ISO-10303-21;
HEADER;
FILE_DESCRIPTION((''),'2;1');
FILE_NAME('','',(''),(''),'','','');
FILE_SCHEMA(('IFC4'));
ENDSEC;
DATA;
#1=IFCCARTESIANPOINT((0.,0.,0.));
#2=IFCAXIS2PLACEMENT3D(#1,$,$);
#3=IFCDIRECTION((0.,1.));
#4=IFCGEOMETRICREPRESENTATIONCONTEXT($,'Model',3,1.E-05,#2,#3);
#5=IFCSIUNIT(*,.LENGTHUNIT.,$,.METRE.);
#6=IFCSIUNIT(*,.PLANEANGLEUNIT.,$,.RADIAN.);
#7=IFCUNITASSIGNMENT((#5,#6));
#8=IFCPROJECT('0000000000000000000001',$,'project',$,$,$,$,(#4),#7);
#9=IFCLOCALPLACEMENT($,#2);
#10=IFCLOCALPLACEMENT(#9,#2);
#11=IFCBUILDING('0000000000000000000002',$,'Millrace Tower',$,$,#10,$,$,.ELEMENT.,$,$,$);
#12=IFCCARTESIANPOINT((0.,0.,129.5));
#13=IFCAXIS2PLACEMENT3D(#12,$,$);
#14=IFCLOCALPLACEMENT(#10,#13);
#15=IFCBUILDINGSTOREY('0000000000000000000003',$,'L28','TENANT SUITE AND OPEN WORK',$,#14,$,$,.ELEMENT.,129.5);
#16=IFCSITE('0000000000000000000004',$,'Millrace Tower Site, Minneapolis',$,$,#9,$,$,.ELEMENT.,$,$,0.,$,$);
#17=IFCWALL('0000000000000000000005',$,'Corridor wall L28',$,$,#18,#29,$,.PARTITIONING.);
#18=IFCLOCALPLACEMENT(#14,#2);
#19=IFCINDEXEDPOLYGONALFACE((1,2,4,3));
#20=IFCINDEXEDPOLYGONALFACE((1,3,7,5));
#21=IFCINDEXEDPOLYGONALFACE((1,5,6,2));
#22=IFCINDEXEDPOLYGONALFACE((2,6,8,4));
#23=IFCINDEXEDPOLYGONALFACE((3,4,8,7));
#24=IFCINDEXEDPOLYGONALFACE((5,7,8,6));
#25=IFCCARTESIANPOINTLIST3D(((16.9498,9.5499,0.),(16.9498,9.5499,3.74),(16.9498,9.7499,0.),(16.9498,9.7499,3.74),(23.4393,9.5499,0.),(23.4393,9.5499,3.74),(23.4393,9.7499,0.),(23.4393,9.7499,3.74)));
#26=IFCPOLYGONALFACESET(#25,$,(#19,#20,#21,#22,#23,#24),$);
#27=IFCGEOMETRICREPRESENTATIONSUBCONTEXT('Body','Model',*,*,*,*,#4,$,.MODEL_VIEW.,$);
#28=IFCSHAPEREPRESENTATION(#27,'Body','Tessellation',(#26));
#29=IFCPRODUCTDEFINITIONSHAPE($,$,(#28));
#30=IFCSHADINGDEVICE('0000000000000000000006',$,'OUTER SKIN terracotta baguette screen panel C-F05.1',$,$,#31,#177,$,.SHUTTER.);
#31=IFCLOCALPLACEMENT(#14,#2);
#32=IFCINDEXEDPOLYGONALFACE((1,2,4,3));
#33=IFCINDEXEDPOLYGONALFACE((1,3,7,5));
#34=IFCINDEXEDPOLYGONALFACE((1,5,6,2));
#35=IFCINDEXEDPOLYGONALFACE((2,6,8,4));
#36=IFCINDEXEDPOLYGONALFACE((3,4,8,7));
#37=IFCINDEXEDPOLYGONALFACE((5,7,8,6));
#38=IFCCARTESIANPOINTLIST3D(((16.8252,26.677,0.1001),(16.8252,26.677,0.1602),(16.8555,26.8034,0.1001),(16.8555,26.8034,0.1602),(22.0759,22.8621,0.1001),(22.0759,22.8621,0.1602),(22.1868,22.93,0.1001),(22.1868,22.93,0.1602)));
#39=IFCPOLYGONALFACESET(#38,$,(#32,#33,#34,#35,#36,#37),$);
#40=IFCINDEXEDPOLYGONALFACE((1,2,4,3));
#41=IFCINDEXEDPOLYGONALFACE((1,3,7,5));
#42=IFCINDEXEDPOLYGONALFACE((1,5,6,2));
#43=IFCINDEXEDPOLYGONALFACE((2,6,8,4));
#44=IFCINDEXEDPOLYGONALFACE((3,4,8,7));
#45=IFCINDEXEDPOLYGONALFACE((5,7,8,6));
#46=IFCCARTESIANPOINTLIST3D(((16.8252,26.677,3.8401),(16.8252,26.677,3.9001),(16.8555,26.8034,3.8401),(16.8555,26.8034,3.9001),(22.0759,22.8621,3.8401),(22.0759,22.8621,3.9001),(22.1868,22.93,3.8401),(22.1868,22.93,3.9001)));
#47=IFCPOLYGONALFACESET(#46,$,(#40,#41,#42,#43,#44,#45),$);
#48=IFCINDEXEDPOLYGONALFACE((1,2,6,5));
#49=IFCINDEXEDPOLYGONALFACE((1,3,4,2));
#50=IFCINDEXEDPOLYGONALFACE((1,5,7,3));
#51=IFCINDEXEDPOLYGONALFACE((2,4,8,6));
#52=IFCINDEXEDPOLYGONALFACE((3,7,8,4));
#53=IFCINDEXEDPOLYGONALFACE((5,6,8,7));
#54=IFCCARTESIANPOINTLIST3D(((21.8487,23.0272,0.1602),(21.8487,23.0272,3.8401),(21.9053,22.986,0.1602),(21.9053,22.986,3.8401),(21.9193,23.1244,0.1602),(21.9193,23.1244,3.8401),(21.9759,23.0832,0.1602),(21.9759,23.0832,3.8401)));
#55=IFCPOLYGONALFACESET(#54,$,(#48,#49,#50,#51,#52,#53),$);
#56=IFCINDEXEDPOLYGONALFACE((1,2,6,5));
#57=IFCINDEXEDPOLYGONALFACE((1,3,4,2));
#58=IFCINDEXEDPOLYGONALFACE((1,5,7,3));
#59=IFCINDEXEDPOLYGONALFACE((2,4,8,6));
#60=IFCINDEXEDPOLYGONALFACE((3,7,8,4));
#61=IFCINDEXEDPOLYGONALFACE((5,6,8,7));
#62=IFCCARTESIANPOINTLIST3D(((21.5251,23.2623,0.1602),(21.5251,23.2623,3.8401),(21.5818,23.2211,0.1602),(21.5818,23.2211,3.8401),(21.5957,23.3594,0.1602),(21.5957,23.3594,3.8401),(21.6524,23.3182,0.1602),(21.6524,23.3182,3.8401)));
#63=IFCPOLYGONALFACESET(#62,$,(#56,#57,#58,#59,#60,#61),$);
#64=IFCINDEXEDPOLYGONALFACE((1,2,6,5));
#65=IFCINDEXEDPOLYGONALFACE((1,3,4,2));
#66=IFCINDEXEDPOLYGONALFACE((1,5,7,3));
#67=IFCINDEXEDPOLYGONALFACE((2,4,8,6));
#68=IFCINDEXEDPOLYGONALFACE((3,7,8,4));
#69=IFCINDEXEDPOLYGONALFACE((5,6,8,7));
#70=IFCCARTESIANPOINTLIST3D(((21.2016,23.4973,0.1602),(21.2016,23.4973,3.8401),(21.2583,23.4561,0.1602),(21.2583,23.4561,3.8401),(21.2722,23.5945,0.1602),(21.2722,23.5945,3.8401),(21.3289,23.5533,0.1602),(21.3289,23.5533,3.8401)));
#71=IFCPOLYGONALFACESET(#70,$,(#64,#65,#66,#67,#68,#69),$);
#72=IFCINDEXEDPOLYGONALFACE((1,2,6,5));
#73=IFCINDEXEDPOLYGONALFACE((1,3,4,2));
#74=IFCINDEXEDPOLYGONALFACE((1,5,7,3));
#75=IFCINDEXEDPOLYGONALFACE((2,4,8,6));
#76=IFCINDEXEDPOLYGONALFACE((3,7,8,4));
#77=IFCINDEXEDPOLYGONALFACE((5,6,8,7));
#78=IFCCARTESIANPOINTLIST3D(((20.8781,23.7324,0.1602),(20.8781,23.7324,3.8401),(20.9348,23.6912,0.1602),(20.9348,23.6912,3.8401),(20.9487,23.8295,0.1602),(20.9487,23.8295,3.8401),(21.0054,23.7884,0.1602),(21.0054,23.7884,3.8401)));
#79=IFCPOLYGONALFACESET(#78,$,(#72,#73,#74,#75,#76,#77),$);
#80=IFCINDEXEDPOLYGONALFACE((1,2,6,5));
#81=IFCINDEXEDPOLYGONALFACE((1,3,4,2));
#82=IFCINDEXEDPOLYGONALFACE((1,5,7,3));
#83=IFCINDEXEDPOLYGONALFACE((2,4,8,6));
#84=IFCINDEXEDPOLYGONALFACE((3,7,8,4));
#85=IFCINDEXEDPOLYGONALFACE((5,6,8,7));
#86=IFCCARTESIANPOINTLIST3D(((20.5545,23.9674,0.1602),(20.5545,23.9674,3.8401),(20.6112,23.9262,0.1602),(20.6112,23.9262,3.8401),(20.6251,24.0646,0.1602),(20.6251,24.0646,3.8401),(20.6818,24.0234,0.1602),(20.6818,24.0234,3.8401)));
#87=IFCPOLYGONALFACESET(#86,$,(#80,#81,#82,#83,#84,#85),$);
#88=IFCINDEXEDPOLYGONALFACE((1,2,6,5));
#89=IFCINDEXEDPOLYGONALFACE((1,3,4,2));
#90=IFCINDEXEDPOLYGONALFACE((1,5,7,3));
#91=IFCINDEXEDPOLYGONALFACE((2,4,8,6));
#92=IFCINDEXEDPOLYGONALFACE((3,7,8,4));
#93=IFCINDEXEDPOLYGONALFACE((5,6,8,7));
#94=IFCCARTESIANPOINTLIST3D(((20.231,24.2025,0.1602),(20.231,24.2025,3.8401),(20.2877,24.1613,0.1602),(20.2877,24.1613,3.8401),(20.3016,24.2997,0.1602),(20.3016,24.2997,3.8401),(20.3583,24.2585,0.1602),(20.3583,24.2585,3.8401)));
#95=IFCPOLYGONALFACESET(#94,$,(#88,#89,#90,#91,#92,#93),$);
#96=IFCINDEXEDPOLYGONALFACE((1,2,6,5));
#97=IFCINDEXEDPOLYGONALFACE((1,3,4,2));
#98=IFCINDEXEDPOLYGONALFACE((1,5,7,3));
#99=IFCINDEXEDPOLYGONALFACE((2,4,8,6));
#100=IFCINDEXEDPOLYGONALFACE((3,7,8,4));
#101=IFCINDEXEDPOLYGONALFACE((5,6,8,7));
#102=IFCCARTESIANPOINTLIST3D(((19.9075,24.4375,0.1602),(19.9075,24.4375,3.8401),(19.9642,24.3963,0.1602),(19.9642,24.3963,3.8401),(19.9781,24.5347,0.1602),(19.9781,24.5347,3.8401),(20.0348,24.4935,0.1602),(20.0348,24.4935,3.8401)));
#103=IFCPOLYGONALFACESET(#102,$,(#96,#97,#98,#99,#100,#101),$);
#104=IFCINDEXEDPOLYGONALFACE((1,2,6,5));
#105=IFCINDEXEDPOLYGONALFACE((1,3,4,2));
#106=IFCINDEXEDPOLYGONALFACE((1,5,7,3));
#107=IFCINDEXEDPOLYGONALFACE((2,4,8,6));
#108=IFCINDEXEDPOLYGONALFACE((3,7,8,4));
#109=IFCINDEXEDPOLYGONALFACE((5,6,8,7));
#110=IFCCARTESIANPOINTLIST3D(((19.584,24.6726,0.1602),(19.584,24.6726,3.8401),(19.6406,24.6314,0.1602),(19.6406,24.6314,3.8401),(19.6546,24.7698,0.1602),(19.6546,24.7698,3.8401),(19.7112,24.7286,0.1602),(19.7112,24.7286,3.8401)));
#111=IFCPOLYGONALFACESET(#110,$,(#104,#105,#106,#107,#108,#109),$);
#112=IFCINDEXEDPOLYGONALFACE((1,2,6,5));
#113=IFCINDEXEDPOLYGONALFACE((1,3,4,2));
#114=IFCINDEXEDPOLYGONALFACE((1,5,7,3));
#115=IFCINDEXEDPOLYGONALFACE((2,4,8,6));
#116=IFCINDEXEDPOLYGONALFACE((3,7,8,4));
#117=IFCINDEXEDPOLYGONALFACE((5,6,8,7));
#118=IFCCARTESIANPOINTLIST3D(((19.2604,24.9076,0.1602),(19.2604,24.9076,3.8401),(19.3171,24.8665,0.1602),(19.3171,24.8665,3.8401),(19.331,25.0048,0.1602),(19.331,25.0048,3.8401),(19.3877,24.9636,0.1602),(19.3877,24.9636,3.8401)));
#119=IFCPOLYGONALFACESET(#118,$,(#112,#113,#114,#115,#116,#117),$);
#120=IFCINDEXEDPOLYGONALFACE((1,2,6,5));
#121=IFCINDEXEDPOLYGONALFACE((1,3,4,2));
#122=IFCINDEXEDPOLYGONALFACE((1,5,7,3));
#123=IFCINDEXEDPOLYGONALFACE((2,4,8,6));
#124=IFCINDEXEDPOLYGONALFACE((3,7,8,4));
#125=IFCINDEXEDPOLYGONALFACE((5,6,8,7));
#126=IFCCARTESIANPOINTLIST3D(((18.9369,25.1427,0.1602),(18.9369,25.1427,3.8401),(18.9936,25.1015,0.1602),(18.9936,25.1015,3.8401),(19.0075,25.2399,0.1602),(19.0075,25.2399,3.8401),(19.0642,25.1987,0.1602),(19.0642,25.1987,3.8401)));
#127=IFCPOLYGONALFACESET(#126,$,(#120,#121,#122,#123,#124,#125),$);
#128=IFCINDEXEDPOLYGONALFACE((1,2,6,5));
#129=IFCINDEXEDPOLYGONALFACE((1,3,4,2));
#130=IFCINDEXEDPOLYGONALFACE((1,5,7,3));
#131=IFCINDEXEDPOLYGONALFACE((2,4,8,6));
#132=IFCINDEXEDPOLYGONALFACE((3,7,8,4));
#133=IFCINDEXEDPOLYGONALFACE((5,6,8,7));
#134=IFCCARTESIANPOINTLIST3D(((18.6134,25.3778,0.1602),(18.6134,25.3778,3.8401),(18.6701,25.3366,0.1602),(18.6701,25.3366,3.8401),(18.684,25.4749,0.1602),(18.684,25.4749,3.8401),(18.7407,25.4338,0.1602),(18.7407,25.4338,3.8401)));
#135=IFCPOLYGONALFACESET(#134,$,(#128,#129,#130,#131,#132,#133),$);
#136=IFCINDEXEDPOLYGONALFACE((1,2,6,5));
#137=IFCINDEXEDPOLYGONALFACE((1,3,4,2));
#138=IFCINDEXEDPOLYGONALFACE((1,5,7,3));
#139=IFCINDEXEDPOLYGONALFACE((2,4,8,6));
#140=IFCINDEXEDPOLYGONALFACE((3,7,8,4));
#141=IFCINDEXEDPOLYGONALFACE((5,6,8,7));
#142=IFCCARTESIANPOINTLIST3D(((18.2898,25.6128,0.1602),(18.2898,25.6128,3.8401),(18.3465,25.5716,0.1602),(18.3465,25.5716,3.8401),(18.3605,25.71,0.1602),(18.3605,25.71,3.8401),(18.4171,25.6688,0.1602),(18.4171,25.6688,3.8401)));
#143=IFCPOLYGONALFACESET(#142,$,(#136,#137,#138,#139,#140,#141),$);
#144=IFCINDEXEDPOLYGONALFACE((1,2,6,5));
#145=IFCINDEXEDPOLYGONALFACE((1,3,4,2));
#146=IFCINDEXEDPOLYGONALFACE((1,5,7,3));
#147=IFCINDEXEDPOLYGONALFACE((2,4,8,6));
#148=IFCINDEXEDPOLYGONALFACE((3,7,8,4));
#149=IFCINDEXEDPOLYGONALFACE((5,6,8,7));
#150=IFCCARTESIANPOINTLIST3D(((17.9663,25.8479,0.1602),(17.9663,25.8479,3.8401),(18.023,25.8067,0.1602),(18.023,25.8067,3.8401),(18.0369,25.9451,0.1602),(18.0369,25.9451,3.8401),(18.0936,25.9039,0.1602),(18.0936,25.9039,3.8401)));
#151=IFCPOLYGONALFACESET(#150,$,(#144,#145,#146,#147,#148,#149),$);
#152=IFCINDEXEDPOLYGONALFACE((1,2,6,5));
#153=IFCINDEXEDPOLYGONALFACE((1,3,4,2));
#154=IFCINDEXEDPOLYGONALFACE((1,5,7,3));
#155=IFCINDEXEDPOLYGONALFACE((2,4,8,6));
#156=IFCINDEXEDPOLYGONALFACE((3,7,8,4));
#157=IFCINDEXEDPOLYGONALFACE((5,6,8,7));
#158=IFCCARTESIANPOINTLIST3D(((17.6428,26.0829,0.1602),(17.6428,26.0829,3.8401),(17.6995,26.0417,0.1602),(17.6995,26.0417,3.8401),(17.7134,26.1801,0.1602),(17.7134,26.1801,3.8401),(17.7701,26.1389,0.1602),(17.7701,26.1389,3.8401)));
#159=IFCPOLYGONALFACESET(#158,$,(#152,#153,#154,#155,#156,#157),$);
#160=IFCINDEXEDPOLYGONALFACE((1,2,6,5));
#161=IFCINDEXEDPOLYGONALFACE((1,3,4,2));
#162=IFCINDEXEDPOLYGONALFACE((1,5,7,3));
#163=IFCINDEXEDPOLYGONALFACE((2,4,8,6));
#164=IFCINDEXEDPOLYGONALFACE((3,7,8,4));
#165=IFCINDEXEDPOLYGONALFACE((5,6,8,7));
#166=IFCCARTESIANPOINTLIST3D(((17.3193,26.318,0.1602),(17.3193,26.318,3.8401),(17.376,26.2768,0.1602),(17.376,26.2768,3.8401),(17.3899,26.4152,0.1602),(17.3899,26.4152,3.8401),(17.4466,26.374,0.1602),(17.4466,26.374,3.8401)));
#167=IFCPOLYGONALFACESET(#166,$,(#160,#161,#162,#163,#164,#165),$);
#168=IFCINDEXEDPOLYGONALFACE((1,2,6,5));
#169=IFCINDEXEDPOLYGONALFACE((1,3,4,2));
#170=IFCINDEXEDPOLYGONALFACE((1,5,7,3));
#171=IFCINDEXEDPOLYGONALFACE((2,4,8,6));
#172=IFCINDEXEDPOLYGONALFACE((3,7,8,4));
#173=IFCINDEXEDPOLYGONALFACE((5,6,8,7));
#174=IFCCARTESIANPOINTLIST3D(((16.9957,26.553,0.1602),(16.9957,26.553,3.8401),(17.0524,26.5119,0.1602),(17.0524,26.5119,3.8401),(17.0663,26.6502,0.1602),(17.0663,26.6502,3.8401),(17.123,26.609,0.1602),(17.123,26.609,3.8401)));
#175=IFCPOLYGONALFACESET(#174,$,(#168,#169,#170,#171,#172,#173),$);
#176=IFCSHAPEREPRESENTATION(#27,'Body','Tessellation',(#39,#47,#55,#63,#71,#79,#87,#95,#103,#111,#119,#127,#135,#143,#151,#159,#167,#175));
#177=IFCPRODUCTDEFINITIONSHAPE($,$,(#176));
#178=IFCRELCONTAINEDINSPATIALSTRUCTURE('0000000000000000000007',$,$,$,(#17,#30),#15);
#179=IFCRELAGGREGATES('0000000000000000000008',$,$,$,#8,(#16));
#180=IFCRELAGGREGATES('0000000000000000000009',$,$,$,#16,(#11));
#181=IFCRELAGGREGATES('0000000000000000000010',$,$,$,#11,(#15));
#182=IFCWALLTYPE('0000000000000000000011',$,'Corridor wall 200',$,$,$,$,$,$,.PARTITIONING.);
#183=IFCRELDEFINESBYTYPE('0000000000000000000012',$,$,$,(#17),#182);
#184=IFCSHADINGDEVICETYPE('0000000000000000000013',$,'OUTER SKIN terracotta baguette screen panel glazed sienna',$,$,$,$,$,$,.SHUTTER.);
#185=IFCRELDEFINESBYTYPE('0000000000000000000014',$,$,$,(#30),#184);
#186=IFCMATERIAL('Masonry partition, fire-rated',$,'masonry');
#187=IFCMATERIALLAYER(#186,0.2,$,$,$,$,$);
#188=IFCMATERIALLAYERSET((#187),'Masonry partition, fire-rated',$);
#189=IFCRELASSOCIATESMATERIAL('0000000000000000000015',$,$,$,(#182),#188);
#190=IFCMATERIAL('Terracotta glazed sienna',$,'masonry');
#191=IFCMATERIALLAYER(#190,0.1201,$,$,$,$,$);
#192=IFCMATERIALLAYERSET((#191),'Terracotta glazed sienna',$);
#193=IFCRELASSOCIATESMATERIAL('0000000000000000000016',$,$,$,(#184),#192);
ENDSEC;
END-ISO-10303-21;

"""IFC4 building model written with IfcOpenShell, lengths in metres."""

from ifc_helpers import new_model, entity, si_unit, direction, frame, frame_2d, origin, place, context, subcontext, project, spatial, rectangle, extrude, source, transform, mapped, material, layer, layer_set, type_object, element, save


model = new_model("IFC4")

# Units and contexts
model_context = context("Model", 3, precision=1e-05, world=origin(), true_north=direction((0.0, 1.0)))
body_context = subcontext(model_context, "Body", "Model", "MODEL_VIEW")
ifc_project = project(units=[si_unit("LENGTHUNIT", "METRE"), si_unit("PLANEANGLEUNIT", "RADIAN")], contexts=[model_context])

# Site, building, storey
site_placement = place(None, origin())
site = spatial("IfcSite", under=ifc_project, at=site_placement, Name="Millrace Tower Site, Minneapolis", CompositionType="ELEMENT", RefElevation=0.0)
building_placement = place(site_placement, origin())
building = spatial("IfcBuilding", under=site, at=building_placement, Name="Millrace Tower", CompositionType="ELEMENT")
storey_placement = place(building_placement, frame((0.0, 0.0, 129.5)))
storey = spatial("IfcBuildingStorey", under=building, at=storey_placement, Name="L28", Description="TENANT SUITE AND OPEN WORK", CompositionType="ELEMENT", Elevation=129.5)

# Wall
ifc_material_1 = material(Name="Masonry partition, fire-rated", Category="masonry")
ifc_layer_1 = layer(ifc_material_1, 0.2)
ifc_layer_set_1 = layer_set([ifc_layer_1], Name="Masonry partition, fire-rated")
wall_type = type_object("IfcWallType", Name="Corridor wall 200", PredefinedType="PARTITIONING", material=ifc_layer_set_1)
wall_placement = place(storey_placement, frame((16.95, 9.6499, 0.0), z_axis=(0.0, 0.0, 1.0), x_axis=(1.0, 0.0, 0.0)))
element("IfcWall", 1, at=wall_placement, inside=storey, type_object=wall_type, Name="Corridor wall L28", PredefinedType="PARTITIONING", context=body_context, shape_type="SweptSolid", body=[
    extrude(rectangle(XDim=6.4895, YDim=0.2, at=frame_2d((3.2446, 0.0))), origin(), (0.0, 0.0, 1.0), 3.74),
])

# Shading device
ifc_material_2 = material(Name="Terracotta glazed sienna", Category="masonry")
ifc_layer_2 = layer(ifc_material_2, 0.1201)
ifc_layer_set_2 = layer_set([ifc_layer_2], Name="Terracotta glazed sienna")
shading_device_type = type_object("IfcShadingDeviceType", Name="OUTER SKIN terracotta baguette screen panel glazed sienna", PredefinedType="SHUTTER", material=ifc_layer_set_2)
cartesian_point_1 = entity("IfcCartesianPoint", [-3.2451, 0.0601])
shared_polyline_1 = entity("IfcPolyline", [cartesian_point_1, entity("IfcCartesianPoint", [3.2451, 0.0601]), entity("IfcCartesianPoint", [3.2949, -0.0601]), entity("IfcCartesianPoint", [-3.2949, -0.0601]), cartesian_point_1])
shared_shape_1 = source(origin(), body_context, "Body", "SweptSolid", [
    entity("IfcExtrudedAreaSolid", entity("IfcArbitraryClosedProfileDef", "AREA", None, shared_polyline_1), entity("IfcAxis2Placement3D", entity("IfcCartesianPoint", [0.0, 0.0, 0.0])), entity("IfcDirection", [0.0, 0.0, 1.0]), 0.0601),
    entity("IfcExtrudedAreaSolid", entity("IfcArbitraryClosedProfileDef", "AREA", None, shared_polyline_1), entity("IfcAxis2Placement3D", entity("IfcCartesianPoint", [0.0, 0.0, 3.74])), entity("IfcDirection", [0.0, 0.0, 1.0]), 0.0601),
    extrude(rectangle(XDim=0.0701, YDim=0.1201, at=frame_2d((-2.9993, 0.0))), frame((0.0, 0.0, 0.0601)), (0.0, 0.0, 1.0), 3.6799),
    extrude(rectangle(XDim=0.0701, YDim=0.1201, at=frame_2d((-2.5994, 0.0))), frame((0.0, 0.0, 0.0601)), (0.0, 0.0, 1.0), 3.6799),
    extrude(rectangle(XDim=0.0701, YDim=0.1201, at=frame_2d((-2.1995, 0.0))), frame((0.0, 0.0, 0.0601)), (0.0, 0.0, 1.0), 3.6799),
    extrude(rectangle(XDim=0.0701, YDim=0.1201, at=frame_2d((-1.7996, 0.0))), frame((0.0, 0.0, 0.0601)), (0.0, 0.0, 1.0), 3.6799),
    extrude(rectangle(XDim=0.0701, YDim=0.1201, at=frame_2d((-1.3997, 0.0))), frame((0.0, 0.0, 0.0601)), (0.0, 0.0, 1.0), 3.6799),
    extrude(rectangle(XDim=0.0701, YDim=0.1201, at=frame_2d((-0.9998, 0.0))), frame((0.0, 0.0, 0.0601)), (0.0, 0.0, 1.0), 3.6799),
    extrude(rectangle(XDim=0.0701, YDim=0.1201, at=frame_2d((-0.5999, 0.0))), frame((0.0, 0.0, 0.0601)), (0.0, 0.0, 1.0), 3.6799),
    extrude(rectangle(XDim=0.0701, YDim=0.1201, at=frame_2d((-0.2, 0.0))), frame((0.0, 0.0, 0.0601)), (0.0, 0.0, 1.0), 3.6799),
    extrude(rectangle(XDim=0.0701, YDim=0.1201, at=frame_2d((0.2, 0.0))), frame((0.0, 0.0, 0.0601)), (0.0, 0.0, 1.0), 3.6799),
    extrude(rectangle(XDim=0.0701, YDim=0.1201, at=frame_2d((0.5999, 0.0))), frame((0.0, 0.0, 0.0601)), (0.0, 0.0, 1.0), 3.6799),
    extrude(rectangle(XDim=0.0701, YDim=0.1201, at=frame_2d((0.9998, 0.0))), frame((0.0, 0.0, 0.0601)), (0.0, 0.0, 1.0), 3.6799),
    extrude(rectangle(XDim=0.0701, YDim=0.1201, at=frame_2d((1.3997, 0.0))), frame((0.0, 0.0, 0.0601)), (0.0, 0.0, 1.0), 3.6799),
    extrude(rectangle(XDim=0.0701, YDim=0.1201, at=frame_2d((1.7996, 0.0))), frame((0.0, 0.0, 0.0601)), (0.0, 0.0, 1.0), 3.6799),
    extrude(rectangle(XDim=0.0701, YDim=0.1201, at=frame_2d((2.1995, 0.0))), frame((0.0, 0.0, 0.0601)), (0.0, 0.0, 1.0), 3.6799),
    extrude(rectangle(XDim=0.0701, YDim=0.1201, at=frame_2d((2.5994, 0.0))), frame((0.0, 0.0, 0.0601)), (0.0, 0.0, 1.0), 3.6799),
    extrude(rectangle(XDim=0.0701, YDim=0.1201, at=frame_2d((2.9993, 0.0))), frame((0.0, 0.0, 0.0601)), (0.0, 0.0, 1.0), 3.6799),
])
shading_device_1_placement = place(storey_placement, frame((19.4858, 24.8181, 0.1001), z_axis=(0.0, 0.0, 1.0), x_axis=(-0.809017, 0.587785, 0.0)))
element("IfcShadingDevice", 2, at=shading_device_1_placement, inside=storey, type_object=shading_device_type, Name="OUTER SKIN terracotta baguette screen panel C-F05.1", PredefinedType="SHUTTER", context=body_context, shape_type="MappedRepresentation", body=[
    mapped(shared_shape_1, transform((0.0, 0.0, 0.0), scale=1.0)),
])

save(model, "model.ifc")
